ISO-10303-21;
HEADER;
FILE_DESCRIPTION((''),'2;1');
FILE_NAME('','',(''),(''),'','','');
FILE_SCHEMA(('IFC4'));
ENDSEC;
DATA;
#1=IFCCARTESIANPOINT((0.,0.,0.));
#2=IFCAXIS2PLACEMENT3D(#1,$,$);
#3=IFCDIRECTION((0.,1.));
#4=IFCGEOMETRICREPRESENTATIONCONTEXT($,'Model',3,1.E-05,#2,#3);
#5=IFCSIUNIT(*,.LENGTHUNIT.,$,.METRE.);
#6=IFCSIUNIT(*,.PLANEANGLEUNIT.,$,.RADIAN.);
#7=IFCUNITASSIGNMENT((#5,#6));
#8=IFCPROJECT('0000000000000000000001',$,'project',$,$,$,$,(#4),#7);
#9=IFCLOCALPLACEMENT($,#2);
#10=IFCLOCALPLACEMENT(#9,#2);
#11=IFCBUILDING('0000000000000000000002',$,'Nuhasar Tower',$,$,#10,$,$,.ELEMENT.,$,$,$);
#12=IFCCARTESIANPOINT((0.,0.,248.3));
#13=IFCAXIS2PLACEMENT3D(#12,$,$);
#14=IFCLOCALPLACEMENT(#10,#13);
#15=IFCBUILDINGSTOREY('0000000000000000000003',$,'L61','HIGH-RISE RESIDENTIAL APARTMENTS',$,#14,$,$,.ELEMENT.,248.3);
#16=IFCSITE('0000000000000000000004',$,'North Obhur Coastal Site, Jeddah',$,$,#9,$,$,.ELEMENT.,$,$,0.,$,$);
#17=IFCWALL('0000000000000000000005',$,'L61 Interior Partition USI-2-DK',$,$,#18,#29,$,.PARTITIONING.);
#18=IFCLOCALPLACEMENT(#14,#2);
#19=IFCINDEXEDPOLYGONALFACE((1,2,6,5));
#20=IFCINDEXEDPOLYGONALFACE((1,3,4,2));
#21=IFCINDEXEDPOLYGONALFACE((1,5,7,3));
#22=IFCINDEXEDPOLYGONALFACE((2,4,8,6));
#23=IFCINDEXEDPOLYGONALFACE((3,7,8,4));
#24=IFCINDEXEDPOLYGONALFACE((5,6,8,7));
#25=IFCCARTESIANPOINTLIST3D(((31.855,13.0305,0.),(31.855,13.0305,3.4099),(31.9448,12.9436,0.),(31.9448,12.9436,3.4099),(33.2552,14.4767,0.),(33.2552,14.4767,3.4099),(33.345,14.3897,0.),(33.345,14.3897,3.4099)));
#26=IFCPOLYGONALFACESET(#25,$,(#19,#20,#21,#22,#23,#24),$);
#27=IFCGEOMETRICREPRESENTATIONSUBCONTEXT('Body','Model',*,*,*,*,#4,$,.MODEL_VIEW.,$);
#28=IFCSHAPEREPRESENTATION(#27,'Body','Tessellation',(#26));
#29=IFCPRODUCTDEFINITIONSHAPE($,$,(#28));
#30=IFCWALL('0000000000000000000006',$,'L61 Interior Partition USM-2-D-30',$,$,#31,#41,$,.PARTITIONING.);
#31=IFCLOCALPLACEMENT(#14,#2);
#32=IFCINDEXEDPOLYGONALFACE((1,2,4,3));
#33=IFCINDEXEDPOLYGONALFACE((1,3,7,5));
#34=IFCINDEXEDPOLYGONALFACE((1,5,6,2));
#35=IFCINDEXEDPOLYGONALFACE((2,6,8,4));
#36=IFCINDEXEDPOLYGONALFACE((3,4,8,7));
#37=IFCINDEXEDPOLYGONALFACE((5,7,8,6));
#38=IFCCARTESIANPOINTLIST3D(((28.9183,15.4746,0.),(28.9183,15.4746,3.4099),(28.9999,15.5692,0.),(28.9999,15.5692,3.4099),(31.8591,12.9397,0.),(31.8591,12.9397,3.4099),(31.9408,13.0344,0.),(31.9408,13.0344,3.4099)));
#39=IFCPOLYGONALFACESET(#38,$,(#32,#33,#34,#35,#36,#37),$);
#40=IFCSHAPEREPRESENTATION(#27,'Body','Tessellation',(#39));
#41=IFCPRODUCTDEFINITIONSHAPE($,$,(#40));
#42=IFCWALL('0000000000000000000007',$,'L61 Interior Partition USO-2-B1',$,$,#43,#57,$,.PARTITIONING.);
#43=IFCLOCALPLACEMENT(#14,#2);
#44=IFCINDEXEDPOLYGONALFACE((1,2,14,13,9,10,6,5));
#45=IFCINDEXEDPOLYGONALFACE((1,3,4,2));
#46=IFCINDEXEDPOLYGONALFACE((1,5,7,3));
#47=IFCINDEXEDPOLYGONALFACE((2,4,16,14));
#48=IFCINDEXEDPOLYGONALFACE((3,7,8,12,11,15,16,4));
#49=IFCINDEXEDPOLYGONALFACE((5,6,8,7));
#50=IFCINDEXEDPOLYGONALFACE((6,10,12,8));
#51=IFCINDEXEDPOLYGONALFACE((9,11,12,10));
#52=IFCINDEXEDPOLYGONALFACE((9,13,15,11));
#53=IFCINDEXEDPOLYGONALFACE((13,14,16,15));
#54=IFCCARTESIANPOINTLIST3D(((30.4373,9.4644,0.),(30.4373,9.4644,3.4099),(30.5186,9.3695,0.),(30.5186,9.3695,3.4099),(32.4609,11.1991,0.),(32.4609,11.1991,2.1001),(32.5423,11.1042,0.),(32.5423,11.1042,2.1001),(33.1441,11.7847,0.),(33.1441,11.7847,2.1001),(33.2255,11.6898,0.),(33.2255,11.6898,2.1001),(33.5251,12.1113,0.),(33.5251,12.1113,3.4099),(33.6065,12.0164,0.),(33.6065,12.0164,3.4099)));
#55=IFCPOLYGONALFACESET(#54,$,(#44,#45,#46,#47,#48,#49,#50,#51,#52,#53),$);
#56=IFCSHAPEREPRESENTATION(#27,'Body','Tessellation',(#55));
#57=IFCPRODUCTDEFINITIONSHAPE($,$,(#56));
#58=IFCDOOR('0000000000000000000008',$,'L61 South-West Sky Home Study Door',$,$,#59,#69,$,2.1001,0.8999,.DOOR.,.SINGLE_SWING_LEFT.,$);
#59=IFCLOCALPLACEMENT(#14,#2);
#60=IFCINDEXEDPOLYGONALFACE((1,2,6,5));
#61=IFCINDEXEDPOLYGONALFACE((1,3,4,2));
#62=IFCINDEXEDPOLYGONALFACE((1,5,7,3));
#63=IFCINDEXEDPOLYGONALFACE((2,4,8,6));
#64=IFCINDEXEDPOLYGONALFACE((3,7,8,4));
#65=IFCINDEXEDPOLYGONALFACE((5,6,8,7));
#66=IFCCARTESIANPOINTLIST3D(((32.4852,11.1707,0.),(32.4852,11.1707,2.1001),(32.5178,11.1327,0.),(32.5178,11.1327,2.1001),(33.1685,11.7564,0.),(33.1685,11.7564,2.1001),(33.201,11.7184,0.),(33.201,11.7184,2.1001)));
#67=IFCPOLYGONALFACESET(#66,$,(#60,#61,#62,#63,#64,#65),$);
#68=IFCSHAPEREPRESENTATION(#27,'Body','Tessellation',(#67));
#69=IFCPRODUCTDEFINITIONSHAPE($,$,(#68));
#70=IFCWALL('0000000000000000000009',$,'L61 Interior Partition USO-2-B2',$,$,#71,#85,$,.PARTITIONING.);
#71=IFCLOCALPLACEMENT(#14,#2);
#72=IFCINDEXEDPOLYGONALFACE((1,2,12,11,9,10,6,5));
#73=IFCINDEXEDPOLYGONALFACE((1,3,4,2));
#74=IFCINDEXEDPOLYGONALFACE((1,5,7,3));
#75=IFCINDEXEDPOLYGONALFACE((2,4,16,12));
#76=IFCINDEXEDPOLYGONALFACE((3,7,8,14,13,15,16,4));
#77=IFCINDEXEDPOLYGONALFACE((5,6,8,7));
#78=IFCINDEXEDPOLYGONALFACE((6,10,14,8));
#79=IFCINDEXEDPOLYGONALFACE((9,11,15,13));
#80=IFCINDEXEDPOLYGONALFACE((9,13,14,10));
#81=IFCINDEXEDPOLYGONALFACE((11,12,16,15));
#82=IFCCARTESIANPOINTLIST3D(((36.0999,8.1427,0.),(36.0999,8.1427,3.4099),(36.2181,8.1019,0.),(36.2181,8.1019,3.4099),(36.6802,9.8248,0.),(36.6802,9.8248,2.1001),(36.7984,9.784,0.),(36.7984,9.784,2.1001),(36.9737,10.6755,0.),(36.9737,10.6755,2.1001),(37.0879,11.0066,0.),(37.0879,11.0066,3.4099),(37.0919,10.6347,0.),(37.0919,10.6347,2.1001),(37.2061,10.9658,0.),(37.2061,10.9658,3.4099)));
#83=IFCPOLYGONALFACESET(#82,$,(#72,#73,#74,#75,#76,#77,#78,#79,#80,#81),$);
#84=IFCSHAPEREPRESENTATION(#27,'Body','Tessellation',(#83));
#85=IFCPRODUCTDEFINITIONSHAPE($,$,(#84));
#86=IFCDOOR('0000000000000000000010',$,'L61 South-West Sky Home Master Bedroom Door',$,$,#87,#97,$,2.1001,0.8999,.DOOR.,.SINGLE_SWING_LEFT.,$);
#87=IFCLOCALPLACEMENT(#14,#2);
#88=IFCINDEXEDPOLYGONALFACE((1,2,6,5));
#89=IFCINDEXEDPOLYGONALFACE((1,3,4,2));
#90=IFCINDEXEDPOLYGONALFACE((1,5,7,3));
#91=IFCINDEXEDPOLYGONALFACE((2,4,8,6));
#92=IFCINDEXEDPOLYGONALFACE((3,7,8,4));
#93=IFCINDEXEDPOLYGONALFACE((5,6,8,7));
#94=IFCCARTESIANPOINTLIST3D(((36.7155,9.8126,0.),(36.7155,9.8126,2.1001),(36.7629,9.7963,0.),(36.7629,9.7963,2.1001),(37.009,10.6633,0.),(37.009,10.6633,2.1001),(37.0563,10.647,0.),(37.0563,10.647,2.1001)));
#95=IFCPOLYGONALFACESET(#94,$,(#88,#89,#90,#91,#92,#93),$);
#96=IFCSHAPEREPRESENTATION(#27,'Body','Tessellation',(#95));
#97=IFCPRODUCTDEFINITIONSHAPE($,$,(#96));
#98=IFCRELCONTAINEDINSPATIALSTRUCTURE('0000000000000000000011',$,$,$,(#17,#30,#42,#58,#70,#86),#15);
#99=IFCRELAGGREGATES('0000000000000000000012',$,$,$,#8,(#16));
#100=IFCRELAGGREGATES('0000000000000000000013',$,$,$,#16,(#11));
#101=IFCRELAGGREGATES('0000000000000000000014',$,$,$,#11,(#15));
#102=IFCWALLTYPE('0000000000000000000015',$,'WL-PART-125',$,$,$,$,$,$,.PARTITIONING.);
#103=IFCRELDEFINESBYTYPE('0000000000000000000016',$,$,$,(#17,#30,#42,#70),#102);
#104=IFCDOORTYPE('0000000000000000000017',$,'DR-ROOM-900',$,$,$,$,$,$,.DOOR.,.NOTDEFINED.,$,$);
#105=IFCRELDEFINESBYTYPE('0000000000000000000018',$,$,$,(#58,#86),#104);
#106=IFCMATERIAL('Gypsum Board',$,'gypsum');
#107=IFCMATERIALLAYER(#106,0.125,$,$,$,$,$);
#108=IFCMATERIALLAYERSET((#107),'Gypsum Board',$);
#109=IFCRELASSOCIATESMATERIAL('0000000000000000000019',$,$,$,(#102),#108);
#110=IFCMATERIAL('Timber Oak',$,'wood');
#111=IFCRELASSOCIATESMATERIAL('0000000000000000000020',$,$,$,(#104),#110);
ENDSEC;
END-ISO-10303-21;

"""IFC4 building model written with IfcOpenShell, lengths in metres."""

from ifc_helpers import new_model, si_unit, direction, frame, frame_2d, origin, place, context, subcontext, project, spatial, rectangle, extrude, material, layer, layer_set, type_object, element, fill, save


model = new_model("IFC4")

# Units and contexts
model_context = context("Model", 3, precision=1e-05, world=origin(), true_north=direction((0.0, 1.0)))
body_context = subcontext(model_context, "Body", "Model", "MODEL_VIEW")
ifc_project = project(units=[si_unit("LENGTHUNIT", "METRE"), si_unit("PLANEANGLEUNIT", "RADIAN")], contexts=[model_context])

# Site, building, storey
site_placement = place(None, origin())
site = spatial("IfcSite", under=ifc_project, at=site_placement, Name="North Obhur Coastal Site, Jeddah", CompositionType="ELEMENT", RefElevation=0.0)
building_placement = place(site_placement, origin())
building = spatial("IfcBuilding", under=site, at=building_placement, Name="Nuhasar Tower", CompositionType="ELEMENT")
storey_placement = place(building_placement, frame((0.0, 0.0, 248.3)))
storey = spatial("IfcBuildingStorey", under=building, at=storey_placement, Name="L61", Description="HIGH-RISE RESIDENTIAL APARTMENTS", CompositionType="ELEMENT", Elevation=248.3)

# Shared definitions
ifc_material_1 = material(Name="Gypsum Board", Category="gypsum")

# Shared definitions
ifc_layer_1 = layer(ifc_material_1, 0.125)
ifc_layer_set_1 = layer_set([ifc_layer_1], Name="Gypsum Board")
wall_type_1 = type_object("IfcWallType", Name="WL-PART-125", PredefinedType="PARTITIONING", material=ifc_layer_set_1)
ifc_material_2 = material(Name="Timber Oak", Category="wood")
door_type = type_object("IfcDoorType", Name="DR-ROOM-900", OperationType="NOTDEFINED", PredefinedType="DOOR", material=ifc_material_2)

# Walls
wall_1_placement = place(storey_placement, frame((33.3, 14.4331, 0.0), z_axis=(0.0, 0.0, 1.0), x_axis=(-0.695613, -0.718416, 0.0)))
element("IfcWall", 1, at=wall_1_placement, inside=storey, type_object=wall_type_1, Name="L61 Interior Partition USI-2-DK", PredefinedType="PARTITIONING", context=body_context, shape_type="SweptSolid", body=[
    extrude(rectangle(XDim=2.0129, YDim=0.125, at=frame_2d((1.0063, 0.0))), origin(), (0.0, 0.0, 1.0), 3.4099),
])
wall_2_placement = place(storey_placement, frame((28.959, 15.522, 0.0), z_axis=(0.0, 0.0, 1.0), x_axis=(0.757456, -0.652886, 0.0)))
element("IfcWall", 2, at=wall_2_placement, inside=storey, type_object=wall_type_1, Name="L61 Interior Partition USM-2-D-30", PredefinedType="PARTITIONING", context=body_context, shape_type="SweptSolid", body=[
    extrude(rectangle(XDim=3.8826, YDim=0.125, at=frame_2d((1.9414, 0.0))), origin(), (0.0, 0.0, 1.0), 3.4099),
])

# Walls, openings, doors
wall_3_placement = place(storey_placement, frame((33.5659, 12.064, 0.0), z_axis=(0.0, 0.0, 1.0), x_axis=(-0.759231, -0.650821, 0.0)))
wall_3 = element("IfcWall", 3, at=wall_3_placement, inside=storey, type_object=wall_type_1, Name="L61 Interior Partition USO-2-B1", PredefinedType="PARTITIONING", context=body_context, shape_type="SweptSolid", body=[
    extrude(rectangle(XDim=4.0671, YDim=0.125, at=frame_2d((2.0337, 0.0))), origin(), (0.0, 0.0, 1.0), 3.4099),
])
opening_1_placement = place(wall_3_placement, frame((0.502, 0.0, 0.0)))
opening_1 = element("IfcOpeningElement", 4, at=opening_1_placement, cuts=wall_3, PredefinedType="OPENING", context=body_context, shape_type="SweptSolid", body=[
    extrude(rectangle(XDim=0.8999, YDim=2.1001, at=frame_2d((0.45, 1.05))), frame((0.0, 0.0725, 0.0), z_axis=(0.0, -1.0, 0.0), x_axis=(1.0, 0.0, 0.0)), (0.0, 0.0, 1.0), 0.145),
])
door_1_placement = place(opening_1_placement, origin())
door_1 = element("IfcDoor", 5, at=door_1_placement, inside=storey, type_object=door_type, Name="L61 South-West Sky Home Study Door", OperationType="SINGLE_SWING_LEFT", OverallHeight=2.1001, OverallWidth=0.8999, PredefinedType="DOOR", context=body_context, shape_type="SweptSolid", body=[
    extrude(rectangle(XDim=0.8999, YDim=2.1001, at=frame_2d((0.45, 1.05))), frame((0.0, 0.0249, 0.0), z_axis=(0.0, -1.0, 0.0), x_axis=(1.0, 0.0, 0.0)), (0.0, 0.0, 1.0), 0.05),
])
fill(opening_1, door_1)
wall_4_placement = place(storey_placement, frame((37.147, 10.9861, 0.0), z_axis=(0.0, 0.0, 1.0), x_axis=(-0.326122, -0.945328, 0.0)))
wall_4 = element("IfcWall", 6, at=wall_4_placement, inside=storey, type_object=wall_type_1, Name="L61 Interior Partition USO-2-B2", PredefinedType="PARTITIONING", context=body_context, shape_type="SweptSolid", body=[
    extrude(rectangle(XDim=3.0295, YDim=0.125, at=frame_2d((1.5146, 0.0))), origin(), (0.0, 0.0, 1.0), 3.4099),
])
opening_2_placement = place(wall_4_placement, frame((0.3501, 0.0, 0.0)))
opening_2 = element("IfcOpeningElement", 7, at=opening_2_placement, cuts=wall_4, PredefinedType="OPENING", context=body_context, shape_type="SweptSolid", body=[
    extrude(rectangle(XDim=0.8999, YDim=2.1001, at=frame_2d((0.45, 1.05))), frame((0.0, 0.0725, 0.0), z_axis=(0.0, -1.0, 0.0), x_axis=(1.0, 0.0, 0.0)), (0.0, 0.0, 1.0), 0.145),
])
door_2_placement = place(opening_2_placement, origin())
door_2 = element("IfcDoor", 8, at=door_2_placement, inside=storey, type_object=door_type, Name="L61 South-West Sky Home Master Bedroom Door", OperationType="SINGLE_SWING_LEFT", OverallHeight=2.1001, OverallWidth=0.8999, PredefinedType="DOOR", context=body_context, shape_type="SweptSolid", body=[
    extrude(rectangle(XDim=0.8999, YDim=2.1001, at=frame_2d((0.45, 1.05))), frame((0.0, 0.0249, 0.0), z_axis=(0.0, -1.0, 0.0), x_axis=(1.0, 0.0, 0.0)), (0.0, 0.0, 1.0), 0.05),
])
fill(opening_2, door_2)

save(model, "model.ifc")
